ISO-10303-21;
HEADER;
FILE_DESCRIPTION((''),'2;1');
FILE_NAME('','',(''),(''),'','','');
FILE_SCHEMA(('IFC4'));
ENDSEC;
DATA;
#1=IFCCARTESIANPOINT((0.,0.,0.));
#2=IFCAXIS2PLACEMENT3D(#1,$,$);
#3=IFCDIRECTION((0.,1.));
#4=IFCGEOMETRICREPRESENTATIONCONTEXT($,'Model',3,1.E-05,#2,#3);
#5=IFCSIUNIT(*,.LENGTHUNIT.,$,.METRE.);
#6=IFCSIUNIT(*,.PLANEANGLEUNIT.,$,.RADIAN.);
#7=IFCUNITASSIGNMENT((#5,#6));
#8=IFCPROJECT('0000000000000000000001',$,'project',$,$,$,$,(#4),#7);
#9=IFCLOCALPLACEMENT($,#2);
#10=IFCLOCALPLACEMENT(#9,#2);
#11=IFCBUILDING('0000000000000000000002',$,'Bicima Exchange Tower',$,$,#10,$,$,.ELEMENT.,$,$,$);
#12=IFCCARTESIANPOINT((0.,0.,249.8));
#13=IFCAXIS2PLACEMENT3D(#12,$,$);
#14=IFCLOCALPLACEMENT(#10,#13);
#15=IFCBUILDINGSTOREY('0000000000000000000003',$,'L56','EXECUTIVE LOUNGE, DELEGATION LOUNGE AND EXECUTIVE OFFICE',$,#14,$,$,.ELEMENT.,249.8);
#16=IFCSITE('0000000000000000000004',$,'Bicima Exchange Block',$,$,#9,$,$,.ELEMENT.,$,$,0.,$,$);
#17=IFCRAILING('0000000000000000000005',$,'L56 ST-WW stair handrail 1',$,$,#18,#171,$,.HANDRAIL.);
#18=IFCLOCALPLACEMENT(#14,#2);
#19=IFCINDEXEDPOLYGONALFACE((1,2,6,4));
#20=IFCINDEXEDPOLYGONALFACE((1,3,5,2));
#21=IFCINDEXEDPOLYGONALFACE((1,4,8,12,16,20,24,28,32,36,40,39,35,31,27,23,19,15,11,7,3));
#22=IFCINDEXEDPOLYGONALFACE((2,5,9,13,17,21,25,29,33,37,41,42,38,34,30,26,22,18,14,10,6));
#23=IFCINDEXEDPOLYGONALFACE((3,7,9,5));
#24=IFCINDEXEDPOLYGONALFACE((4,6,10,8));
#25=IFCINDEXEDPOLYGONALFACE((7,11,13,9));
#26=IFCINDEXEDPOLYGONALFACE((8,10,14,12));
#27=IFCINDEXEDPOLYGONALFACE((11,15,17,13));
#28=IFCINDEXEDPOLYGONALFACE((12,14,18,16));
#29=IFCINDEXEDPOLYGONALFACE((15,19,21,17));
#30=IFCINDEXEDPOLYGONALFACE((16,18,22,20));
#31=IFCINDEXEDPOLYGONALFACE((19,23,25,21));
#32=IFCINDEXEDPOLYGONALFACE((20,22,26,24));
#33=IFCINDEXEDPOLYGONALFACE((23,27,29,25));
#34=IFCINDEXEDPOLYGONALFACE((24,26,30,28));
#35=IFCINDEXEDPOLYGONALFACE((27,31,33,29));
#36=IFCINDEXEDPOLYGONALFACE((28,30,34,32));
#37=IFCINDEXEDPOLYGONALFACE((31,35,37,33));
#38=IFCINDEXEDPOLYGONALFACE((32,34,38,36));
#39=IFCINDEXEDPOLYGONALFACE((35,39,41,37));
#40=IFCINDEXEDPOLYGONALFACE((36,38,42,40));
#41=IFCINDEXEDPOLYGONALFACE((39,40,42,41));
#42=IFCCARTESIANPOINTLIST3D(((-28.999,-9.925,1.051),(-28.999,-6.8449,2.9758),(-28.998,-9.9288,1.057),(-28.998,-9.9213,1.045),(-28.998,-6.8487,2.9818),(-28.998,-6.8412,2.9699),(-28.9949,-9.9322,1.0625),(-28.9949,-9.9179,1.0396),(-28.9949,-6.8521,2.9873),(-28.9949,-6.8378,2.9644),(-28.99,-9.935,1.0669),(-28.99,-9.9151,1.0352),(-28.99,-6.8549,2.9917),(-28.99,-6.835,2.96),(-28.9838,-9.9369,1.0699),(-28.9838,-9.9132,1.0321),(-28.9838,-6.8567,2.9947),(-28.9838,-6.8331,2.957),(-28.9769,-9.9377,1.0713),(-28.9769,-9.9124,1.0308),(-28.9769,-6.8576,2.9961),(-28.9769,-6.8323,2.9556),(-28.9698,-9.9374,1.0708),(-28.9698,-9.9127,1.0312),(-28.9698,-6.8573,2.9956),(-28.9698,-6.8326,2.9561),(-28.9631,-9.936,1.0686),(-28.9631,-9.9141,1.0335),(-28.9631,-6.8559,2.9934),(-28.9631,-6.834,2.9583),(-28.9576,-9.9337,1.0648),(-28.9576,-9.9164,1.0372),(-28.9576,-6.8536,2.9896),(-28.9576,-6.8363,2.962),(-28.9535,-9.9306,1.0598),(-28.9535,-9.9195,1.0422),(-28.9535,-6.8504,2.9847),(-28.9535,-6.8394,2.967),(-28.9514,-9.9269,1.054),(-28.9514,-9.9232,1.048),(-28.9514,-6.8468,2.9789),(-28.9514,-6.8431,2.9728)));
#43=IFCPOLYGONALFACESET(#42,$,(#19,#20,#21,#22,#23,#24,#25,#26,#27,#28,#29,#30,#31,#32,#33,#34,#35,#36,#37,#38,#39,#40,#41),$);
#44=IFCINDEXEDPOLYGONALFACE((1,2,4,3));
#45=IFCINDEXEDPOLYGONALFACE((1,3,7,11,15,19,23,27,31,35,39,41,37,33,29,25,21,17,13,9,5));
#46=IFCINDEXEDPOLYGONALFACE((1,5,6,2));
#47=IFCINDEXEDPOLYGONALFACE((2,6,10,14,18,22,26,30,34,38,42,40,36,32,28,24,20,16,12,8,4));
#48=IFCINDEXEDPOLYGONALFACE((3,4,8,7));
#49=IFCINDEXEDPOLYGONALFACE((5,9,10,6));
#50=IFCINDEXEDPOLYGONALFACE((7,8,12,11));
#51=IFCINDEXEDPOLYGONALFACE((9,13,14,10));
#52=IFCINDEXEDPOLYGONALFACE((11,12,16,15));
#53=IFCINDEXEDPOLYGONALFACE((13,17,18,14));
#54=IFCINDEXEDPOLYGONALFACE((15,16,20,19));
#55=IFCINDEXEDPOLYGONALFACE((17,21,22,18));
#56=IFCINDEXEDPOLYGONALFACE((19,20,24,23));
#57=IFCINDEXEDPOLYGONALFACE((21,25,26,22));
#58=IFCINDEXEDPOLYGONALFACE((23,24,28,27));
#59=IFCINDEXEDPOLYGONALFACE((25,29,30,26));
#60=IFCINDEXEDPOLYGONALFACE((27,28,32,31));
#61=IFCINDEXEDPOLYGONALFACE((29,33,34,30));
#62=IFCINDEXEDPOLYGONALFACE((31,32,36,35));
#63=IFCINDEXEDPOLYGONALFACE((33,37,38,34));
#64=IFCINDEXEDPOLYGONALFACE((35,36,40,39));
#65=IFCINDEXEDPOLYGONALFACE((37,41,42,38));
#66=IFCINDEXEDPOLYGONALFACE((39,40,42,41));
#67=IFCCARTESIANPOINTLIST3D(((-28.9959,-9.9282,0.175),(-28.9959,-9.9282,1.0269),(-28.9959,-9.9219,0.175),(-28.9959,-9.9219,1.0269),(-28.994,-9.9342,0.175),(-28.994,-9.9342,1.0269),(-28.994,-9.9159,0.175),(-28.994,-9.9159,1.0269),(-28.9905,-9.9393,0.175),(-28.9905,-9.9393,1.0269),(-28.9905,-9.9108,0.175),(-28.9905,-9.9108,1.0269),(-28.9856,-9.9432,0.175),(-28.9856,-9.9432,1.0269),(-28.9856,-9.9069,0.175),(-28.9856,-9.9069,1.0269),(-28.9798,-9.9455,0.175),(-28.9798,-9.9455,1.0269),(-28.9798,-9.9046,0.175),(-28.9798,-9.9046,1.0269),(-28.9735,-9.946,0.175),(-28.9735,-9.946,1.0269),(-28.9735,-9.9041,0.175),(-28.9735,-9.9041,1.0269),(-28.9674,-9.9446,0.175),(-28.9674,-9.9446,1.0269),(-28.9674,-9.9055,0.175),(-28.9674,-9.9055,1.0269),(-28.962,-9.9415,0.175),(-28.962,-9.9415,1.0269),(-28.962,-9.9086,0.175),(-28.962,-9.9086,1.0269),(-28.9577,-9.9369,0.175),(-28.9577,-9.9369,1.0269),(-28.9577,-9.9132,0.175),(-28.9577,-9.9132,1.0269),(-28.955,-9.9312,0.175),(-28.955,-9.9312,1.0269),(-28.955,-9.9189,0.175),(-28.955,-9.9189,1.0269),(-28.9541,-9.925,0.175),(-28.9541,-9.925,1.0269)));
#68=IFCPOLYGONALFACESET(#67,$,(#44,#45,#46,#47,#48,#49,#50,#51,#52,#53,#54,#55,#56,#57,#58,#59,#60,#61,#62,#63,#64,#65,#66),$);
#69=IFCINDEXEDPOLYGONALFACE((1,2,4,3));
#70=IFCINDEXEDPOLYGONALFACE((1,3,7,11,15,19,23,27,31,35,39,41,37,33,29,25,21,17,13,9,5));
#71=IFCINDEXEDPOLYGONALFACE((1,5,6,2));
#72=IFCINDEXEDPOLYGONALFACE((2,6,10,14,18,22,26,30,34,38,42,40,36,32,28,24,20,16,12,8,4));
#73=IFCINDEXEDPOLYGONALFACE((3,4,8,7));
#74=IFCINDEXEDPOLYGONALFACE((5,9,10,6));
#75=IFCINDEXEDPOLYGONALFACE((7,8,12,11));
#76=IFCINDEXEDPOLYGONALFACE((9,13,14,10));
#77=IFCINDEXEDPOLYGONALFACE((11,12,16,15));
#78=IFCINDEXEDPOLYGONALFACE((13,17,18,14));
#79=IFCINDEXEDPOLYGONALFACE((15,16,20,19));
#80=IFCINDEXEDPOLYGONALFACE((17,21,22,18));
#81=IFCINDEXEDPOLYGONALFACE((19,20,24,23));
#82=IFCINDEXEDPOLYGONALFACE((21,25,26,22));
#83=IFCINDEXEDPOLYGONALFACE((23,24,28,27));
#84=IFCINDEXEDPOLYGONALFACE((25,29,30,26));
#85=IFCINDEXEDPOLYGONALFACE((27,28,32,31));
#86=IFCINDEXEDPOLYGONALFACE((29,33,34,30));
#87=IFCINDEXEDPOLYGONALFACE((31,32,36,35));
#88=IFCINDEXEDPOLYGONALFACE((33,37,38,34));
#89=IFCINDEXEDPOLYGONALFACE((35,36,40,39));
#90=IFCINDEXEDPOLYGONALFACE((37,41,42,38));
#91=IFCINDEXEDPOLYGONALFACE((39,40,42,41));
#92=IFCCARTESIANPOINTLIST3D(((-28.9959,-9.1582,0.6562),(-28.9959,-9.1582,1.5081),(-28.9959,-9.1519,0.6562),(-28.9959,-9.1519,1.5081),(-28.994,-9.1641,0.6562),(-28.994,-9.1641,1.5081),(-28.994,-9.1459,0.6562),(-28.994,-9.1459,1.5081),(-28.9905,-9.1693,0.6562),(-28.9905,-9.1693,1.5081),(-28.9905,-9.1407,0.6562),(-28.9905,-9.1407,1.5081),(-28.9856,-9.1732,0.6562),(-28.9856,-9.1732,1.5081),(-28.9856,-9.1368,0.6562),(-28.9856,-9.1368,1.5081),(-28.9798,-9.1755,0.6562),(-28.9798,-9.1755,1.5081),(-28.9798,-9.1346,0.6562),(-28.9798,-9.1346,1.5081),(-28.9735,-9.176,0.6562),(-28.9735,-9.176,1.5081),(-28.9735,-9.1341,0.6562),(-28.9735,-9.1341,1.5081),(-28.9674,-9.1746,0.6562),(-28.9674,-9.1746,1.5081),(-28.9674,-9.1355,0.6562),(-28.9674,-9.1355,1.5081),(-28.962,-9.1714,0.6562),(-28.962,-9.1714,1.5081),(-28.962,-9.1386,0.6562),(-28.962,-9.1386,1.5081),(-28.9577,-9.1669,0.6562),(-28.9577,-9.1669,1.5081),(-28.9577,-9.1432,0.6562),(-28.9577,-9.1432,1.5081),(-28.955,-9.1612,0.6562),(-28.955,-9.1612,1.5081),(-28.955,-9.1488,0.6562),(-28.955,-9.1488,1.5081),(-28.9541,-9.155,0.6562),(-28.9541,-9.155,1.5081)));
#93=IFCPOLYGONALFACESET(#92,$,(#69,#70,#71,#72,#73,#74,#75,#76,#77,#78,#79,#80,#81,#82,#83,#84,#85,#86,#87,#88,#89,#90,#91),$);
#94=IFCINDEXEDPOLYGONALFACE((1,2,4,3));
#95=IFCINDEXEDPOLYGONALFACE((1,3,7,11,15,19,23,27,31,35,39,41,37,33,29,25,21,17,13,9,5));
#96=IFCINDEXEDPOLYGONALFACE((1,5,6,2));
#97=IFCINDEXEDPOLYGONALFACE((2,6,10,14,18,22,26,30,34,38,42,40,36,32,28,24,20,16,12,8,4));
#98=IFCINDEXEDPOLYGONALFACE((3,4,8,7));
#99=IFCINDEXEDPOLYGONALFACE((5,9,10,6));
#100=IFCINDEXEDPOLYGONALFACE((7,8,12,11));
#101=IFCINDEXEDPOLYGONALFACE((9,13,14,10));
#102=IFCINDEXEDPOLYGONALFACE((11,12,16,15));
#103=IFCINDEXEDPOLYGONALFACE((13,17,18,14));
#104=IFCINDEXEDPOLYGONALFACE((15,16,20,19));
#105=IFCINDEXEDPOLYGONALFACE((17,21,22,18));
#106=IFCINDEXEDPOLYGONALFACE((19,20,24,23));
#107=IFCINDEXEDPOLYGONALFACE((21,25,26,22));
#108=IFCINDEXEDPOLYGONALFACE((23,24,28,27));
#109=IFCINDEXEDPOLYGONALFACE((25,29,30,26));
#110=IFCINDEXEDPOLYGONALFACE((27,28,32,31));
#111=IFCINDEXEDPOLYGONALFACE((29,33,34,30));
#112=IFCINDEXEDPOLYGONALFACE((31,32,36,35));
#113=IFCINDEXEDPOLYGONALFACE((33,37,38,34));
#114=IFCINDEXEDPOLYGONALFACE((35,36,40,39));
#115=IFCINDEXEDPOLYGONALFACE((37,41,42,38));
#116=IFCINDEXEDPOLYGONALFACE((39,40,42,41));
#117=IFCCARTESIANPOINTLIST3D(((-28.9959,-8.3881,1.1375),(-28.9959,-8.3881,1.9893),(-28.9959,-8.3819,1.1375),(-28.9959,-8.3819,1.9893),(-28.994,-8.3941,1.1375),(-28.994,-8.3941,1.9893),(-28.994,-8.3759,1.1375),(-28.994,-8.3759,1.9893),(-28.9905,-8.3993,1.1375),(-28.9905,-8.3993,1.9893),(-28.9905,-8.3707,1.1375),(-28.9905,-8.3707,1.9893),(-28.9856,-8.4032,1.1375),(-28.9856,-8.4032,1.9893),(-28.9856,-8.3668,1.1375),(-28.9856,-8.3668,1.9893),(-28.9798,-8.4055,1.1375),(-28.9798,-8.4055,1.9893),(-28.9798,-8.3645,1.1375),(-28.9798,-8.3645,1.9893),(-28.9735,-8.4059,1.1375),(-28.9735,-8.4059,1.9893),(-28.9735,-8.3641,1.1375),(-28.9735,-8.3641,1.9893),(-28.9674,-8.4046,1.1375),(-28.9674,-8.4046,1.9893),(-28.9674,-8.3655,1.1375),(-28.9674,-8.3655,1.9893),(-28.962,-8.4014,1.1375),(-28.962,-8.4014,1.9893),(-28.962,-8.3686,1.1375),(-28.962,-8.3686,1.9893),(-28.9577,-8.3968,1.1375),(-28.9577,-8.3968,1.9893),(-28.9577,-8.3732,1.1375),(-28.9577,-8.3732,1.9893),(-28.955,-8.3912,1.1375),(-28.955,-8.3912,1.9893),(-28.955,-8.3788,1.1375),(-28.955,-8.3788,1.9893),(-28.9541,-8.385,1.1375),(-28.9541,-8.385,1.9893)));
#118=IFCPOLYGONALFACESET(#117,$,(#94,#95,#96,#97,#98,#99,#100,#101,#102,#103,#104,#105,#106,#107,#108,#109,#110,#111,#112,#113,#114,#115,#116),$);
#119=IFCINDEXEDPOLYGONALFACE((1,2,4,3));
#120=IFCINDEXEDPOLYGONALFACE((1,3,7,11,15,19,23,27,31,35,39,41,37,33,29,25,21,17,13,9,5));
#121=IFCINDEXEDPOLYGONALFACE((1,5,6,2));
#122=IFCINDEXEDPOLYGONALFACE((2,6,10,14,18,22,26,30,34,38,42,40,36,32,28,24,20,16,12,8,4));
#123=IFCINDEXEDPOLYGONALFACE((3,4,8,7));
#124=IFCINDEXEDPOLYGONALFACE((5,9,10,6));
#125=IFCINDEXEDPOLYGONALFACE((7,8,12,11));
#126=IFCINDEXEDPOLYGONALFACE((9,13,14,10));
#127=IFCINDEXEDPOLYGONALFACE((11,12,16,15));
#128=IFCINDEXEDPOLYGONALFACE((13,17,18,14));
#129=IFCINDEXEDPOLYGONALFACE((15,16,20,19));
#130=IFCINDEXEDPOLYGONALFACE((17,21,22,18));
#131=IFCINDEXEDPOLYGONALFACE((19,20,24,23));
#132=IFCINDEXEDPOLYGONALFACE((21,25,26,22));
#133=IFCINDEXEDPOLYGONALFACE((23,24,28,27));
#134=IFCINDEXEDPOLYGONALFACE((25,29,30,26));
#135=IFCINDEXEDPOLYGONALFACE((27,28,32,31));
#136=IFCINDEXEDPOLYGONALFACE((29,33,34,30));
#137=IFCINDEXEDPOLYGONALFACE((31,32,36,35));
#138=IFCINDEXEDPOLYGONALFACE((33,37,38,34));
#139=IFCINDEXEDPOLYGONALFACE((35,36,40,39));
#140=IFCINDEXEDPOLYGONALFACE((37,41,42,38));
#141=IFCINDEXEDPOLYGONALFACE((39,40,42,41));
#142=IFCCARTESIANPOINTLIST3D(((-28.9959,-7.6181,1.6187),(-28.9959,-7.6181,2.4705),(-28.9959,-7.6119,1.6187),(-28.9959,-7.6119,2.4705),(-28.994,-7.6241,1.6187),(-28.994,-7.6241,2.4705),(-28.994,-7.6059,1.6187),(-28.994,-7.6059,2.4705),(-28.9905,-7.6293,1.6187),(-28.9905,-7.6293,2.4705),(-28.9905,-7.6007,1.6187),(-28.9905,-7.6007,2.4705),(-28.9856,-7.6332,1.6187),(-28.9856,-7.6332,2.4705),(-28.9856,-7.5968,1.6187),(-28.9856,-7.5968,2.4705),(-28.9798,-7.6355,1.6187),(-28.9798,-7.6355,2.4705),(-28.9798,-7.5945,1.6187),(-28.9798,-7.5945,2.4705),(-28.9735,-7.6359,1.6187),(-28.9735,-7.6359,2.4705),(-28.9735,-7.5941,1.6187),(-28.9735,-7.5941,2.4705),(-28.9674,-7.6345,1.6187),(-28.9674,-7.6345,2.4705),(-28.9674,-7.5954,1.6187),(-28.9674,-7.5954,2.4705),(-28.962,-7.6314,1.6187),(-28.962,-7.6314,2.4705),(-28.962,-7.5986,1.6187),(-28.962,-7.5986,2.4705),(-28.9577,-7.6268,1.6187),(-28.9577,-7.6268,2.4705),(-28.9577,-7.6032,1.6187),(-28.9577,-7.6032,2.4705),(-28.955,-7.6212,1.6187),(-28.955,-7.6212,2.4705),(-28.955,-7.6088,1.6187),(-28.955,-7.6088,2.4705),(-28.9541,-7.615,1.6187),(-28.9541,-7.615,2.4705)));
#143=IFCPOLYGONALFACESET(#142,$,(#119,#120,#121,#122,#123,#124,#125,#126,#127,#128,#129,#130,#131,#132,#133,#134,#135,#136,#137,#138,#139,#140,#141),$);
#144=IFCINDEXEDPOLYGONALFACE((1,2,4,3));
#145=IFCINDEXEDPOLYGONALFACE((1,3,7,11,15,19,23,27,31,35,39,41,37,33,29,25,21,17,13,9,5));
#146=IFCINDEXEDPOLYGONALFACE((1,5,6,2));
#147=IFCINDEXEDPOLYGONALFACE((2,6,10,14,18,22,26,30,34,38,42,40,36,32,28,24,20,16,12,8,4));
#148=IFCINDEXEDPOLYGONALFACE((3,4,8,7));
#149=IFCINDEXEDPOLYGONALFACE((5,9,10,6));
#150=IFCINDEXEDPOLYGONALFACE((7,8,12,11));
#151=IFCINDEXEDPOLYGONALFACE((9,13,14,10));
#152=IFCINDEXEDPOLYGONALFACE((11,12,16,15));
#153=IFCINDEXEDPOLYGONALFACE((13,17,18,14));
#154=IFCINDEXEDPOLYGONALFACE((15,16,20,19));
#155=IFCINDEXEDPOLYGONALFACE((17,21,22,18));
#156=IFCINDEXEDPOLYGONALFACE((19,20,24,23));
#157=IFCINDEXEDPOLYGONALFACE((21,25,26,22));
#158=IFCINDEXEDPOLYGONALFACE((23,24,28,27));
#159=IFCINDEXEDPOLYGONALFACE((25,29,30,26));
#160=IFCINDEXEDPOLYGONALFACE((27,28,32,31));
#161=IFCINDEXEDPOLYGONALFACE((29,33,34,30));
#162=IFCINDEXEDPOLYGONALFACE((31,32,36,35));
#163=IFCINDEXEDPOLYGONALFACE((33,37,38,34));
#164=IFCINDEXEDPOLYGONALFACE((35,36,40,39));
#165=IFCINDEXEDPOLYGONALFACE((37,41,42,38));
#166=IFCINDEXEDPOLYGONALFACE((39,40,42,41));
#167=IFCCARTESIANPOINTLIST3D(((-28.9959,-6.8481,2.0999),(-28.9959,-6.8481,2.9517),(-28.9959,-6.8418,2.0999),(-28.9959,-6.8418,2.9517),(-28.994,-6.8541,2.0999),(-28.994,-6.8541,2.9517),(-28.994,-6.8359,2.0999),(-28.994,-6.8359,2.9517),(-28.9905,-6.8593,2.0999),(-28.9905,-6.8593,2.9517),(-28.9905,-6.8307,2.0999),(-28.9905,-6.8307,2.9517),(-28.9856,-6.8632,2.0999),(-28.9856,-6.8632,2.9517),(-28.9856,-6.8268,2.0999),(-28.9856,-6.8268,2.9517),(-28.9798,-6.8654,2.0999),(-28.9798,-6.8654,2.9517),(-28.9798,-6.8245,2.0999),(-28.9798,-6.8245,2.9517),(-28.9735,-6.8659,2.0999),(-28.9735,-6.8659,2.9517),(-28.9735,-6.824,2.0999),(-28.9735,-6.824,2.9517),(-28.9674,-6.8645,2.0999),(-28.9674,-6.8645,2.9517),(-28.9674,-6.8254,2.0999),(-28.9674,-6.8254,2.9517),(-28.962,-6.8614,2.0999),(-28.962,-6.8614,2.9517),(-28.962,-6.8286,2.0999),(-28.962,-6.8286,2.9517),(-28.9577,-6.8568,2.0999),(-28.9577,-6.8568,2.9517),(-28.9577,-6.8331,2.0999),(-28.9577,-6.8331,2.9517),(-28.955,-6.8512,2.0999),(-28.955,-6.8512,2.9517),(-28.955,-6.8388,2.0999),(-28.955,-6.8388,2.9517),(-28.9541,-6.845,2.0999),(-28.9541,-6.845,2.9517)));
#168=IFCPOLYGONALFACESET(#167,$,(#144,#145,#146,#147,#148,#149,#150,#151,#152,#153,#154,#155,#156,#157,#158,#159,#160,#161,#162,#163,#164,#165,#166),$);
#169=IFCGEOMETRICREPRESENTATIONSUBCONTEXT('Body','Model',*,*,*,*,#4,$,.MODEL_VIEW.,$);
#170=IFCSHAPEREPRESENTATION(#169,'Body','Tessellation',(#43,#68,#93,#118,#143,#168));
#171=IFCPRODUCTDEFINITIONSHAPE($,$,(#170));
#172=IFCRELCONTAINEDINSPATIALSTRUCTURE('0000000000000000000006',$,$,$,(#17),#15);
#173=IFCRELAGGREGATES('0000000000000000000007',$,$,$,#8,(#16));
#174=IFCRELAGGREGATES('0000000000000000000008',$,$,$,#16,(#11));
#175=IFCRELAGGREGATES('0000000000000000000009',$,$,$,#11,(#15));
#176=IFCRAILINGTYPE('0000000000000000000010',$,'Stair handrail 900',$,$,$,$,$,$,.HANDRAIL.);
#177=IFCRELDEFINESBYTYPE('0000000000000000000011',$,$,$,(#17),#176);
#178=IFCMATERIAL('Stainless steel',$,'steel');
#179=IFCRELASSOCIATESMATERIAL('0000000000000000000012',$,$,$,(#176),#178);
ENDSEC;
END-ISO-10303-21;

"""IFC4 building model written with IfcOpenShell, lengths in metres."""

from ifc_helpers import new_model, si_unit, direction, frame, origin, origin_2d, place, context, subcontext, project, spatial, circle, extrude, material, type_object, element, save


model = new_model("IFC4")

# Units and contexts
model_context = context("Model", 3, precision=1e-05, world=origin(), true_north=direction((0.0, 1.0)))
body_context = subcontext(model_context, "Body", "Model", "MODEL_VIEW")
ifc_project = project(units=[si_unit("LENGTHUNIT", "METRE"), si_unit("PLANEANGLEUNIT", "RADIAN")], contexts=[model_context])

# Site, building, storey
site_placement = place(None, origin())
site = spatial("IfcSite", under=ifc_project, at=site_placement, Name="Bicima Exchange Block", CompositionType="ELEMENT", RefElevation=0.0)
building_placement = place(site_placement, origin())
building = spatial("IfcBuilding", under=site, at=building_placement, Name="Bicima Exchange Tower", CompositionType="ELEMENT")
storey_placement = place(building_placement, frame((0.0, 0.0, 249.8)))
storey = spatial("IfcBuildingStorey", under=building, at=storey_placement, Name="L56", Description="EXECUTIVE LOUNGE, DELEGATION LOUNGE AND EXECUTIVE OFFICE", CompositionType="ELEMENT", Elevation=249.8)

# Railing
ifc_material_1 = material(Name="Stainless steel", Category="steel")
railing_type_1 = type_object("IfcRailingType", Name="Stair handrail 900", PredefinedType="HANDRAIL", material=ifc_material_1)
railing_1_placement = place(storey_placement, frame((-28.9751, -9.925, 0.175)))
element("IfcRailing", 1, at=railing_1_placement, inside=storey, type_object=railing_type_1, Name="L56 ST-WW stair handrail 1", PredefinedType="HANDRAIL", context=body_context, shape_type="SweptSolid", body=[
    extrude(circle(Radius=0.0239, at=origin_2d()), frame((0.0, 0.0, 0.876), z_axis=(0.0, 0.848029, 0.529951), x_axis=(-1.0, 0.0, 0.0)), (0.0, 0.0, 1.0), 3.6321),
    extrude(circle(Radius=0.021, at=origin_2d()), origin(), (0.0, 0.0, 1.0), 0.8518),
    extrude(circle(Radius=0.021, at=origin_2d()), frame((0.0, 0.77, 0.4812)), (0.0, 0.0, 1.0), 0.8518),
    extrude(circle(Radius=0.021, at=origin_2d()), frame((0.0, 1.54, 0.9624)), (0.0, 0.0, 1.0), 0.8518),
    extrude(circle(Radius=0.021, at=origin_2d()), frame((0.0, 2.3101, 1.4436)), (0.0, 0.0, 1.0), 0.8518),
    extrude(circle(Radius=0.021, at=origin_2d()), frame((0.0, 3.0801, 1.9248)), (0.0, 0.0, 1.0), 0.8518),
])

save(model, "model.ifc")
